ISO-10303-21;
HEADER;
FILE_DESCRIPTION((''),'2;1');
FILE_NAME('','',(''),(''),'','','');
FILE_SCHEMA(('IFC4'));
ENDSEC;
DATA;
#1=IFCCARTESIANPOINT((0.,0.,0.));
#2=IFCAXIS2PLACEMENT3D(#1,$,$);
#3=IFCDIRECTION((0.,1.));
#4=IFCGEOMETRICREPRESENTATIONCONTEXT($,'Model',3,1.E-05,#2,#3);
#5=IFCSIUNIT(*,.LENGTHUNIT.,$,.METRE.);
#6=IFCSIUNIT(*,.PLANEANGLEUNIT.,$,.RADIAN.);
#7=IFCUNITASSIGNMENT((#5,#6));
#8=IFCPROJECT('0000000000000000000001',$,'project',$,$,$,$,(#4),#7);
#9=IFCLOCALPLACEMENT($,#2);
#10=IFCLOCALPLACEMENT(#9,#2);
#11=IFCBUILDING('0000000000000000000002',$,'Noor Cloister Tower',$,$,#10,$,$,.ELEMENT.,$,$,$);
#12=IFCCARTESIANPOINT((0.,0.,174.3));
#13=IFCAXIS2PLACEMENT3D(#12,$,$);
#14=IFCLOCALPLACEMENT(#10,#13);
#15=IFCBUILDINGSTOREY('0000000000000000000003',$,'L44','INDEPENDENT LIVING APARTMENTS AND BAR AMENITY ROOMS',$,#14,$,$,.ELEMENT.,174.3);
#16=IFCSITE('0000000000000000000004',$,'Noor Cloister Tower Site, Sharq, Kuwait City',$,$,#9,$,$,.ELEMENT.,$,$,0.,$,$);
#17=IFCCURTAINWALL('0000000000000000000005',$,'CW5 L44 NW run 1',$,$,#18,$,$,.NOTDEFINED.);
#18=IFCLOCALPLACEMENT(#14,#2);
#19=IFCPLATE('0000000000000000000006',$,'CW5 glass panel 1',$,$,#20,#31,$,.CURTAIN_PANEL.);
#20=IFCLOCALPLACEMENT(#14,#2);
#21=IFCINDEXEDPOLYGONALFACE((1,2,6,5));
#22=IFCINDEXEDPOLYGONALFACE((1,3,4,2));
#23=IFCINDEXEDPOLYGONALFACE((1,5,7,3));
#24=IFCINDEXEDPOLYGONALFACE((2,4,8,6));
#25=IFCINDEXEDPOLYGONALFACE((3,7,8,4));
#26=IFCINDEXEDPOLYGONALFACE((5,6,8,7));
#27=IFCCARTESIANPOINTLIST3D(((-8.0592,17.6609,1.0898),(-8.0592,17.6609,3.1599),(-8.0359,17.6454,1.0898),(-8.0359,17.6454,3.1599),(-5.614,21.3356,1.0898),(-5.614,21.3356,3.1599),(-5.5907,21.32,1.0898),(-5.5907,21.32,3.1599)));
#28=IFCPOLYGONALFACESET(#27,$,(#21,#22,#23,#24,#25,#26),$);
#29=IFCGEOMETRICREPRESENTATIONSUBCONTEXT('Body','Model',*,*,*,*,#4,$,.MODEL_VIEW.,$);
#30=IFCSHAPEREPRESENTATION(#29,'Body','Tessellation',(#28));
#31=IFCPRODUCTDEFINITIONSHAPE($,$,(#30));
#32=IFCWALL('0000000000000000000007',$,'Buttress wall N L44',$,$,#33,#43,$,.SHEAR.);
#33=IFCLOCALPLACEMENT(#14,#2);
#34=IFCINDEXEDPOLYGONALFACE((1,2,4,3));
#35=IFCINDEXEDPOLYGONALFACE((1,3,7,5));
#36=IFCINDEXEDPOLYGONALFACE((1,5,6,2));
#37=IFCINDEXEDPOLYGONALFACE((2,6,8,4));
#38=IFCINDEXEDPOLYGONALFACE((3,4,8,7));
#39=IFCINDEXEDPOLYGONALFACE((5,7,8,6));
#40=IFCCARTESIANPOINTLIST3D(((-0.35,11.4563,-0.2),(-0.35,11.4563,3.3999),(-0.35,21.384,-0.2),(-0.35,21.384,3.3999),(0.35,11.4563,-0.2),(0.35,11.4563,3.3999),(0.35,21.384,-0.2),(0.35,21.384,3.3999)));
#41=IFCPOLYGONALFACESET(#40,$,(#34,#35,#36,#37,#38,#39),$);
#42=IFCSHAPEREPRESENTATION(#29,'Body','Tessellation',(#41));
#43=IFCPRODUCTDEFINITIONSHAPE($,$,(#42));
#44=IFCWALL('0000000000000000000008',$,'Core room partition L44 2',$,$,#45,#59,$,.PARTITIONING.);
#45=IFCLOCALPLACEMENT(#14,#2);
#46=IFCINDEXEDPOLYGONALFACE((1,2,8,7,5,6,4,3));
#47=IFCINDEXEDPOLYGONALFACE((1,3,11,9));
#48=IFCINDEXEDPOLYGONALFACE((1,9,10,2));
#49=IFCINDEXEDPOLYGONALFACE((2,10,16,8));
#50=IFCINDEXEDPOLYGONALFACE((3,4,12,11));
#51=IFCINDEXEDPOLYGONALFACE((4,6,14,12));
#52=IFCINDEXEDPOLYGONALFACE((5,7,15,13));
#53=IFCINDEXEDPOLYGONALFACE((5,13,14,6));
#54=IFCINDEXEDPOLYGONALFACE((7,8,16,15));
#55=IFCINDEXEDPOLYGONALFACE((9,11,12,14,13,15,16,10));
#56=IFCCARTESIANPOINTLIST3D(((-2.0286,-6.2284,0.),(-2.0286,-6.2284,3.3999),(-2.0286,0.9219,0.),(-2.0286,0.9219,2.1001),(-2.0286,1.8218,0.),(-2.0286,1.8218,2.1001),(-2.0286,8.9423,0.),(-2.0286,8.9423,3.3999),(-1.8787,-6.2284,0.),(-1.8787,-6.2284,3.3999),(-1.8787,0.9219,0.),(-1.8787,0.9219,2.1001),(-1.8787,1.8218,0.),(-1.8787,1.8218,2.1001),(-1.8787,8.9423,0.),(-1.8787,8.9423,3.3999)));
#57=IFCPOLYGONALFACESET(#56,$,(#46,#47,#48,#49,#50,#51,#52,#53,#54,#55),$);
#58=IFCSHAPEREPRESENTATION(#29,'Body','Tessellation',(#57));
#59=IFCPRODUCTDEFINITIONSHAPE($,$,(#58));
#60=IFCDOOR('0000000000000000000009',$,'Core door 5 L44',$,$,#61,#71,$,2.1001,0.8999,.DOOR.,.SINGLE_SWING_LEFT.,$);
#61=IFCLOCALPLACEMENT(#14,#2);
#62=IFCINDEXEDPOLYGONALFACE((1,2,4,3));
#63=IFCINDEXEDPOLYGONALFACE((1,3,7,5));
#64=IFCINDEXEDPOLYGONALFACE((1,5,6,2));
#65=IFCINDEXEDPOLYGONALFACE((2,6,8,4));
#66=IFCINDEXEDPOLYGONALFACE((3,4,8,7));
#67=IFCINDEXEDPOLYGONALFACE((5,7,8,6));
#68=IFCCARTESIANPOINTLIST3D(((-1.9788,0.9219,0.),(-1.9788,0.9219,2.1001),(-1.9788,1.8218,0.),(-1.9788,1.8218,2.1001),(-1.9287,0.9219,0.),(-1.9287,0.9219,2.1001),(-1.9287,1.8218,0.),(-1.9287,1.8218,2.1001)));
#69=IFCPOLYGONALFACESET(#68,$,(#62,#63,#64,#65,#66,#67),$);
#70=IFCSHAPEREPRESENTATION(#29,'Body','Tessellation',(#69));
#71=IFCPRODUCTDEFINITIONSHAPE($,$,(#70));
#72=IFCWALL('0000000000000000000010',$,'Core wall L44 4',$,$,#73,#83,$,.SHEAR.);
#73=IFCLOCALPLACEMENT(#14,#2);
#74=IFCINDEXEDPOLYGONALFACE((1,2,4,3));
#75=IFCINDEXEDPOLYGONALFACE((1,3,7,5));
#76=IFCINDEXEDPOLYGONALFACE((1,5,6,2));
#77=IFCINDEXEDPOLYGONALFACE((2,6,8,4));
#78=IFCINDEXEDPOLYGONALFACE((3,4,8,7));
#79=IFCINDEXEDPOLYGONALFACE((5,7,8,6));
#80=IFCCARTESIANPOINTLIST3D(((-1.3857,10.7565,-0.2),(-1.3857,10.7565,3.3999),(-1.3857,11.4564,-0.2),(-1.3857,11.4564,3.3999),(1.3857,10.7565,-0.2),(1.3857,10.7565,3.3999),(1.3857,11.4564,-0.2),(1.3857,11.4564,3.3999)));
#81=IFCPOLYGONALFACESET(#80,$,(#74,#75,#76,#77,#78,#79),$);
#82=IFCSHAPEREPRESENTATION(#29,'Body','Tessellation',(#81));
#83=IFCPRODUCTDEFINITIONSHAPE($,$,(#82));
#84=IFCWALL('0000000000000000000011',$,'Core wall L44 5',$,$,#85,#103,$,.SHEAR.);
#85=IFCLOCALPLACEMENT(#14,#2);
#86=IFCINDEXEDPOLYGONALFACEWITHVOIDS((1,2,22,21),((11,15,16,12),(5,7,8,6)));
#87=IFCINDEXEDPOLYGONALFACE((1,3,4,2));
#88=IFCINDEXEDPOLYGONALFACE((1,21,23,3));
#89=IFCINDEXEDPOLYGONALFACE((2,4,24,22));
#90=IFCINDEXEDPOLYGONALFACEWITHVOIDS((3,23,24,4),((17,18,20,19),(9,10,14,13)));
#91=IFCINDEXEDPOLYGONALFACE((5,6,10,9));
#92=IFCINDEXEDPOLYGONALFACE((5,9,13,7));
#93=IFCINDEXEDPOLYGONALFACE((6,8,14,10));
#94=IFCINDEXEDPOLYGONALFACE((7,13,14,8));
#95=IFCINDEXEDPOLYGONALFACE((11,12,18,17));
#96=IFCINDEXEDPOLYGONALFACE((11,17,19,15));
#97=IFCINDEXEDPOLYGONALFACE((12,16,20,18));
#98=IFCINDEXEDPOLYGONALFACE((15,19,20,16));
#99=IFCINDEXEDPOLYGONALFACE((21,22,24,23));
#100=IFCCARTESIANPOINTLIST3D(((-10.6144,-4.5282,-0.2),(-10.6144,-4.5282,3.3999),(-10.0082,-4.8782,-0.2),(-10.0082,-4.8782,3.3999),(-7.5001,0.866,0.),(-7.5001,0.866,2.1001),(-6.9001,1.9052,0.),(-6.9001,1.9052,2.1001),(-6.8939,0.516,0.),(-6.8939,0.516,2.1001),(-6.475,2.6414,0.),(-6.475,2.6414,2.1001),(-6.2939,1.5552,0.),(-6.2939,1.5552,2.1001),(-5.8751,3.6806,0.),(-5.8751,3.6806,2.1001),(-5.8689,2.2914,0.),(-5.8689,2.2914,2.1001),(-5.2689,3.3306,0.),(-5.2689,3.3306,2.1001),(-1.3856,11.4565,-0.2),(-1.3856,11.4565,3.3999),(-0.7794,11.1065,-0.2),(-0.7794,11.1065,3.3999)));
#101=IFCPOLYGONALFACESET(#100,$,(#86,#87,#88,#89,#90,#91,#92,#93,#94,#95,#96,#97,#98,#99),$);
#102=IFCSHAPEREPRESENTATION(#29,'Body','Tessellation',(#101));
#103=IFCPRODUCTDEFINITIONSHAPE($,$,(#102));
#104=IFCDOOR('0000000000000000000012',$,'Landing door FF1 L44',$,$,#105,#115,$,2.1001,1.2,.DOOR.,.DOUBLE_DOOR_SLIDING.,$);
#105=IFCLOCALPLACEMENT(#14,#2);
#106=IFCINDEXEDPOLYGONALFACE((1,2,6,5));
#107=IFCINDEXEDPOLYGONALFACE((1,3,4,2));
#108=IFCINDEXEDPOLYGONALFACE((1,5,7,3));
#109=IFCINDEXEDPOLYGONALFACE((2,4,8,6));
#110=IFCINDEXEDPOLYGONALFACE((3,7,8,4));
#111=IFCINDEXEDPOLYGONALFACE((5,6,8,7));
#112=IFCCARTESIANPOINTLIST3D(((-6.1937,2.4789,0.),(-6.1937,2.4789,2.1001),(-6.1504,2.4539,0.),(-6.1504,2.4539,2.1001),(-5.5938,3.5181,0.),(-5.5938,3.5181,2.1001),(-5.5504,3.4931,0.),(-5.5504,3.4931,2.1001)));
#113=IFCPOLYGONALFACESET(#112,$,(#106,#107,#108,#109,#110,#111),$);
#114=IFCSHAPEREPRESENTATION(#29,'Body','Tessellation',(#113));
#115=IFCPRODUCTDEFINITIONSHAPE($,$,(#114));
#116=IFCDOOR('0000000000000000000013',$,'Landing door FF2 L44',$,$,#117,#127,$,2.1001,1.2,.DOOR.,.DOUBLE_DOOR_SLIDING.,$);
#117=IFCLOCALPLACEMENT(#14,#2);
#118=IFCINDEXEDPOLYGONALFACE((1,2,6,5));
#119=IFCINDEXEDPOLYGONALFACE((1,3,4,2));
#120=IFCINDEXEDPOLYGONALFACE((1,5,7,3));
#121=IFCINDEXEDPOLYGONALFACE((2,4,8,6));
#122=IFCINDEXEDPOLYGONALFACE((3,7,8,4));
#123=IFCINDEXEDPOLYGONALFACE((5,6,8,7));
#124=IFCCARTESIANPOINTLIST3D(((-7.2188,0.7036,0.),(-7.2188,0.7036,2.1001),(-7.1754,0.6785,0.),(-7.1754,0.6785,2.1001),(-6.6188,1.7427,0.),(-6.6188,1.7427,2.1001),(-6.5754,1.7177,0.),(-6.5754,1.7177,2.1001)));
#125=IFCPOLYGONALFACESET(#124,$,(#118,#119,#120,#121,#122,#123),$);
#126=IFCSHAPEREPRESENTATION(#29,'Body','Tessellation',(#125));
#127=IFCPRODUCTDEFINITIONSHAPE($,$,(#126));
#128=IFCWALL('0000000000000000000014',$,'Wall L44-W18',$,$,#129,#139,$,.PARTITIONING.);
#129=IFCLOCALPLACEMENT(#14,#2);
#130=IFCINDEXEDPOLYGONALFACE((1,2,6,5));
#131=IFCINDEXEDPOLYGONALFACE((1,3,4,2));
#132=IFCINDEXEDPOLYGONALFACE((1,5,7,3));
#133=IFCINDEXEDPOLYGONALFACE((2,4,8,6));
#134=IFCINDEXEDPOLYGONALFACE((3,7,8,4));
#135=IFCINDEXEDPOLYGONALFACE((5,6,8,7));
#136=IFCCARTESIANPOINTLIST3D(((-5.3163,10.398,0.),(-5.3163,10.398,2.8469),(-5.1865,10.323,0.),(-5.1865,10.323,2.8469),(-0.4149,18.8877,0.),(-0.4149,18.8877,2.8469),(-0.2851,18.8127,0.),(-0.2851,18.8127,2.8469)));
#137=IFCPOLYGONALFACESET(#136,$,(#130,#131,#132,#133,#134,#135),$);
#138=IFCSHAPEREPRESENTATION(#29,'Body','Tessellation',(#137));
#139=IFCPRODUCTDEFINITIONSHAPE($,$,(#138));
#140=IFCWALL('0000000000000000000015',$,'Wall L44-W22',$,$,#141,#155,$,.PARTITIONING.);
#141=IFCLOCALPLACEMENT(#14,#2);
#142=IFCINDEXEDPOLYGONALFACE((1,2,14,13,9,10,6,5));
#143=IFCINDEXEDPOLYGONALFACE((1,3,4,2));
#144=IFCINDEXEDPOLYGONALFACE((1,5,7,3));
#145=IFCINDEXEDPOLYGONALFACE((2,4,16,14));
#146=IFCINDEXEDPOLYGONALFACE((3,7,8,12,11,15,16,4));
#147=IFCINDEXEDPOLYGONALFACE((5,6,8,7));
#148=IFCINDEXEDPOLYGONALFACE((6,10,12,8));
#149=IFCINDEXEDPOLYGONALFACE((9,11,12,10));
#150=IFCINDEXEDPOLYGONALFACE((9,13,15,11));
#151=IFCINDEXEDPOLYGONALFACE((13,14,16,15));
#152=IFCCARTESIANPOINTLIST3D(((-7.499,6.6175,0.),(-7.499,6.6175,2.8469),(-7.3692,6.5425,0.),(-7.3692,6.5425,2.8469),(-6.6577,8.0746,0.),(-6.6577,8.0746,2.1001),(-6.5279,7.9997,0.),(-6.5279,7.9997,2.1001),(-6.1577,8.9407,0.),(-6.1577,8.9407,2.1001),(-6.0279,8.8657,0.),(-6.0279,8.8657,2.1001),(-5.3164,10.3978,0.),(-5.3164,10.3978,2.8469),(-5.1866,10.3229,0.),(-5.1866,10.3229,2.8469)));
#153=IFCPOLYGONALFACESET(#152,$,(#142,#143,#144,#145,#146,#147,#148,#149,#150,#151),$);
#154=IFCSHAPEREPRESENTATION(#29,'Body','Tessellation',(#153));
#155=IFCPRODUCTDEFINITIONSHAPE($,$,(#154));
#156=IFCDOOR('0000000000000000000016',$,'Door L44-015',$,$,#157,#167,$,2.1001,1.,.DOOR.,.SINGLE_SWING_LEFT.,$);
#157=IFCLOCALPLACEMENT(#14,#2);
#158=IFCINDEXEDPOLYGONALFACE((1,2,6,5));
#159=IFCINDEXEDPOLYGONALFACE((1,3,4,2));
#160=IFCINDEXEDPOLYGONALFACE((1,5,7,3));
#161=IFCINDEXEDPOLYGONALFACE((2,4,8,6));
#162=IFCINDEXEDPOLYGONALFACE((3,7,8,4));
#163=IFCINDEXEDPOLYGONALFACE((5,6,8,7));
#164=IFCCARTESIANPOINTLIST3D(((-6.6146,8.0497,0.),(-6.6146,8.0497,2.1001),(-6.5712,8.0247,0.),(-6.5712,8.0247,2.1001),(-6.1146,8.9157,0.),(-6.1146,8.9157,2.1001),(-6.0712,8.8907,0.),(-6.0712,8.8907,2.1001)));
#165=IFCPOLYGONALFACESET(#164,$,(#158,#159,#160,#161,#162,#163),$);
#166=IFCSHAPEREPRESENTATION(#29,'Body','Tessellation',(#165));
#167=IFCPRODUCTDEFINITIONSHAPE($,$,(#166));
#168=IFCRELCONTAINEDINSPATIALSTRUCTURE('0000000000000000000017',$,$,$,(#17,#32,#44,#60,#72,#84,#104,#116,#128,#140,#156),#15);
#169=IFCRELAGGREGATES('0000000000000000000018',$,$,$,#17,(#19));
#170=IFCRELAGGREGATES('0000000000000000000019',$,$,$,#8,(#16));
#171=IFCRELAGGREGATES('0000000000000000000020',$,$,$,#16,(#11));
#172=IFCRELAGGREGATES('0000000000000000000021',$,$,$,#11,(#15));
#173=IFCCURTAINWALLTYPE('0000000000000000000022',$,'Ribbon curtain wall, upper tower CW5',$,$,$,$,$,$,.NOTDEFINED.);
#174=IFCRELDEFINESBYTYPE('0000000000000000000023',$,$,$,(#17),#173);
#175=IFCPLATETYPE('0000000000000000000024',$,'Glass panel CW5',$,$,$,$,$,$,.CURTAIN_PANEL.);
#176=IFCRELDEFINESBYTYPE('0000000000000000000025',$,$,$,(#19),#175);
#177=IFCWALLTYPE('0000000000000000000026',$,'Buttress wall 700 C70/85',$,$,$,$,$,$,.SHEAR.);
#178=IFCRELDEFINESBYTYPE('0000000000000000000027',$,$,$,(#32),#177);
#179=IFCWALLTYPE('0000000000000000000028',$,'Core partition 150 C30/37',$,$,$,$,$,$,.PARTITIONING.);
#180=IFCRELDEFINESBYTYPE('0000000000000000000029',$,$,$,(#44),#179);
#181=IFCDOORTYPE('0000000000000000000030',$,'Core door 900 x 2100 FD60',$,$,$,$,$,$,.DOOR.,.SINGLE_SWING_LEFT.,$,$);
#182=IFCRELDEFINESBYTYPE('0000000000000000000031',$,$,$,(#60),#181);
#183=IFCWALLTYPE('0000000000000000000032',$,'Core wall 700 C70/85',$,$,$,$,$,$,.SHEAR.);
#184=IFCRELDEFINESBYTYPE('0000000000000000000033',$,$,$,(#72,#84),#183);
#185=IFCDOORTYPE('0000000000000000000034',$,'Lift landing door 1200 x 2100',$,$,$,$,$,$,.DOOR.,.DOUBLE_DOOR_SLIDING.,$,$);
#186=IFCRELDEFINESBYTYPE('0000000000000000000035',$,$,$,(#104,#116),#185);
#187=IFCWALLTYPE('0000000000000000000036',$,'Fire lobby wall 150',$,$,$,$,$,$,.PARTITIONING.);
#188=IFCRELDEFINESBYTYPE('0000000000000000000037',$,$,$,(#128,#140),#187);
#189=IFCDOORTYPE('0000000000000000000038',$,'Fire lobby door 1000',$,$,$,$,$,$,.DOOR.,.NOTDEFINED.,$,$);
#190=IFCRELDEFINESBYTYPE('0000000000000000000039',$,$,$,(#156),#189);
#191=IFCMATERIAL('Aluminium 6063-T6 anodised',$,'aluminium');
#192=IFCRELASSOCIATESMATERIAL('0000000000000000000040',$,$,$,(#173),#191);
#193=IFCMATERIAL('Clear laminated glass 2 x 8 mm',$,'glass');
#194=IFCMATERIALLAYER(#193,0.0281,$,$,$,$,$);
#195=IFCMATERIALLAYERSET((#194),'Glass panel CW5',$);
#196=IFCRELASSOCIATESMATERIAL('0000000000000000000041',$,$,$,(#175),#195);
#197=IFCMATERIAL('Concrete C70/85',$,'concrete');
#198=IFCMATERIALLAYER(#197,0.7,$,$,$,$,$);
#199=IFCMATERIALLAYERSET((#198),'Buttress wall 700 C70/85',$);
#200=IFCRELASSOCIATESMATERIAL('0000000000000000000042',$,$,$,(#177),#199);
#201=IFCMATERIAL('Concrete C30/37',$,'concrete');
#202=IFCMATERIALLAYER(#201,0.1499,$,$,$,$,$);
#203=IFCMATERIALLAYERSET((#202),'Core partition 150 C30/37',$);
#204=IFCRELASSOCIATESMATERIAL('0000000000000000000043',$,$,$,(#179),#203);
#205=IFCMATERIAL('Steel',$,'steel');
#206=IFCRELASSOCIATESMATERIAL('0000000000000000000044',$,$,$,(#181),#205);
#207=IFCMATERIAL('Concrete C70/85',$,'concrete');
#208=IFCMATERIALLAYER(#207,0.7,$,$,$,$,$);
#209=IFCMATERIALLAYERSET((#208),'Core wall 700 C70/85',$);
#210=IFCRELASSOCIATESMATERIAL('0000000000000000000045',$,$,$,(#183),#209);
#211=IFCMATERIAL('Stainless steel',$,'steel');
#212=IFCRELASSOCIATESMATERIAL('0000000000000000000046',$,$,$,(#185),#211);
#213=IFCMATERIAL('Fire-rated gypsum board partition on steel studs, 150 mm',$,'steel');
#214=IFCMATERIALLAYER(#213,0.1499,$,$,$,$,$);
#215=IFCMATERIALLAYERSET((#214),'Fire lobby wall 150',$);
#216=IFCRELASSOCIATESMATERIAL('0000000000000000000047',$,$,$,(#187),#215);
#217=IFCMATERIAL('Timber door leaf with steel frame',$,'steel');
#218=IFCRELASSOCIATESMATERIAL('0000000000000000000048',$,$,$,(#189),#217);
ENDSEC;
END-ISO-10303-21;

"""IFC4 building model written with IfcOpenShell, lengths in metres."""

from ifc_helpers import new_model, si_unit, direction, frame, frame_2d, origin, origin_2d, place, context, subcontext, project, spatial, rectangle, extrude, material, layer, layer_set, type_object, element, fill, aggregate, save


model = new_model("IFC4")

# Units and contexts
model_context = context("Model", 3, precision=1e-05, world=origin(), true_north=direction((0.0, 1.0)))
body_context = subcontext(model_context, "Body", "Model", "MODEL_VIEW")
ifc_project = project(units=[si_unit("LENGTHUNIT", "METRE"), si_unit("PLANEANGLEUNIT", "RADIAN")], contexts=[model_context])

# Site, building, storey
site_placement = place(None, origin())
site = spatial("IfcSite", under=ifc_project, at=site_placement, Name="Noor Cloister Tower Site, Sharq, Kuwait City", CompositionType="ELEMENT", RefElevation=0.0)
building_placement = place(site_placement, origin())
building = spatial("IfcBuilding", under=site, at=building_placement, Name="Noor Cloister Tower", CompositionType="ELEMENT")
storey_placement = place(building_placement, frame((0.0, 0.0, 174.3)))
storey = spatial("IfcBuildingStorey", under=building, at=storey_placement, Name="L44", Description="INDEPENDENT LIVING APARTMENTS AND BAR AMENITY ROOMS", CompositionType="ELEMENT", Elevation=174.3)

# Curtain wall
ifc_material_1 = material(Name="Aluminium 6063-T6 anodised", Category="aluminium")
curtain_wall_type = type_object("IfcCurtainWallType", Name="Ribbon curtain wall, upper tower CW5", PredefinedType="NOTDEFINED", material=ifc_material_1)
curtain_wall_placement = place(storey_placement, origin())
curtain_wall = element("IfcCurtainWall", 1, at=curtain_wall_placement, inside=storey, type_object=curtain_wall_type, Name="CW5 L44 NW run 1", PredefinedType="NOTDEFINED")

# Plate
ifc_material_2 = material(Name="Clear laminated glass 2 x 8 mm", Category="glass")
ifc_layer_1 = layer(ifc_material_2, 0.0281)
ifc_layer_set_1 = layer_set([ifc_layer_1], Name="Glass panel CW5")
plate_type = type_object("IfcPlateType", Name="Glass panel CW5", PredefinedType="CURTAIN_PANEL", material=ifc_layer_set_1)
plate_placement = place(storey_placement, frame((-6.825, 19.4905, 1.0898), z_axis=(0.0, 0.0, 1.0), x_axis=(-0.553985, -0.832527, 0.0)))
plate = element("IfcPlate", 2, at=plate_placement, type_object=plate_type, Name="CW5 glass panel 1", PredefinedType="CURTAIN_PANEL", context=body_context, shape_type="SweptSolid", body=[
    extrude(rectangle(XDim=4.4138, YDim=0.0281, at=origin_2d()), origin(), (0.0, 0.0, 1.0), 2.0701),
])
aggregate(curtain_wall, [plate])

# Wall
ifc_material_3 = material(Name="Concrete C70/85", Category="concrete")
ifc_layer_2 = layer(ifc_material_3, 0.7)
ifc_layer_set_2 = layer_set([ifc_layer_2], Name="Buttress wall 700 C70/85")
wall_type_1 = type_object("IfcWallType", Name="Buttress wall 700 C70/85", PredefinedType="SHEAR", material=ifc_layer_set_2)
wall_1_placement = place(storey_placement, frame((0.0, 11.4563, -0.2), z_axis=(0.0, 0.0, 1.0), x_axis=(0.0, 1.0, 0.0)))
element("IfcWall", 3, at=wall_1_placement, inside=storey, type_object=wall_type_1, Name="Buttress wall N L44", PredefinedType="SHEAR", context=body_context, shape_type="SweptSolid", body=[
    extrude(rectangle(XDim=9.9277, YDim=0.7, at=frame_2d((4.9639, 0.0))), origin(), (0.0, 0.0, 1.0), 3.5999),
])

# Wall, opening, door
ifc_material_4 = material(Name="Concrete C30/37", Category="concrete")
ifc_layer_3 = layer(ifc_material_4, 0.1499)
ifc_layer_set_3 = layer_set([ifc_layer_3], Name="Core partition 150 C30/37")
wall_type_2 = type_object("IfcWallType", Name="Core partition 150 C30/37", PredefinedType="PARTITIONING", material=ifc_layer_set_3)
wall_2_placement = place(storey_placement, frame((-1.9536, 8.9424, 0.0), z_axis=(0.0, 0.0, 1.0), x_axis=(0.0, -1.0, 0.0)))
wall_2 = element("IfcWall", 4, at=wall_2_placement, inside=storey, type_object=wall_type_2, Name="Core room partition L44 2", PredefinedType="PARTITIONING", context=body_context, shape_type="SweptSolid", body=[
    extrude(rectangle(XDim=15.1707, YDim=0.1499, at=frame_2d((7.5854, 0.0))), origin(), (0.0, 0.0, 1.0), 3.3999),
])
opening_1_placement = place(wall_2_placement, frame((7.1206, 0.0, 0.0)))
opening_1 = element("IfcOpeningElement", 5, at=opening_1_placement, cuts=wall_2, PredefinedType="OPENING", context=body_context, shape_type="SweptSolid", body=[
    extrude(rectangle(XDim=0.8999, YDim=2.1001, at=frame_2d((0.45, 1.05))), frame((0.0, 0.085, 0.0), z_axis=(0.0, -1.0, 0.0), x_axis=(1.0, 0.0, 0.0)), (0.0, 0.0, 1.0), 0.1699),
])
ifc_material_5 = material(Name="Steel", Category="steel")
door_type_1 = type_object("IfcDoorType", Name="Core door 900 x 2100 FD60", OperationType="SINGLE_SWING_LEFT", PredefinedType="DOOR", material=ifc_material_5)
door_1_placement = place(opening_1_placement, origin())
door_1 = element("IfcDoor", 6, at=door_1_placement, inside=storey, type_object=door_type_1, Name="Core door 5 L44", OperationType="SINGLE_SWING_LEFT", OverallHeight=2.1001, OverallWidth=0.8999, PredefinedType="DOOR", context=body_context, shape_type="SweptSolid", body=[
    extrude(rectangle(XDim=0.8999, YDim=2.1001, at=frame_2d((0.45, 1.05))), frame((0.0, 0.0249, 0.0), z_axis=(0.0, -1.0, 0.0), x_axis=(1.0, 0.0, 0.0)), (0.0, 0.0, 1.0), 0.05),
])
fill(opening_1, door_1)

# Wall
ifc_material_6 = material(Name="Concrete C70/85", Category="concrete")
ifc_layer_4 = layer(ifc_material_6, 0.7)
ifc_layer_set_4 = layer_set([ifc_layer_4], Name="Core wall 700 C70/85")
wall_type_3 = type_object("IfcWallType", Name="Core wall 700 C70/85", PredefinedType="SHEAR", material=ifc_layer_set_4)
wall_3_placement = place(storey_placement, frame((1.3857, 11.1064, -0.2), z_axis=(0.0, 0.0, 1.0), x_axis=(-1.0, 0.0, 0.0)))
element("IfcWall", 7, at=wall_3_placement, inside=storey, type_object=wall_type_3, Name="Core wall L44 4", PredefinedType="SHEAR", context=body_context, shape_type="SweptSolid", body=[
    extrude(rectangle(XDim=2.7715, YDim=0.7, at=frame_2d((1.3857, 0.0))), origin(), (0.0, 0.0, 1.0), 3.5999),
])

# Wall, openings, doors
wall_4_placement = place(storey_placement, frame((-1.0825, 11.2815, -0.2), z_axis=(0.0, 0.0, 1.0), x_axis=(-0.500001, -0.866025, 0.0)))
wall_4 = element("IfcWall", 8, at=wall_4_placement, inside=storey, type_object=wall_type_3, Name="Core wall L44 5", PredefinedType="SHEAR", context=body_context, shape_type="SweptSolid", body=[
    extrude(rectangle(XDim=18.4575, YDim=0.7, at=frame_2d((9.2288, 0.0))), origin(), (0.0, 0.0, 1.0), 3.5999),
])
opening_2_placement = place(wall_4_placement, frame((8.9788, 0.0, 0.2)))
opening_2 = element("IfcOpeningElement", 9, at=opening_2_placement, cuts=wall_4, PredefinedType="OPENING", context=body_context, shape_type="SweptSolid", body=[
    extrude(rectangle(XDim=1.2, YDim=2.1001, at=frame_2d((0.6001, 1.05))), frame((0.0, 0.3599, 0.0), z_axis=(0.0, -1.0, 0.0), x_axis=(1.0, 0.0, 0.0)), (0.0, 0.0, 1.0), 0.72),
])
opening_3_placement = place(wall_4_placement, frame((11.0288, 0.0, 0.2)))
opening_3 = element("IfcOpeningElement", 10, at=opening_3_placement, cuts=wall_4, PredefinedType="OPENING", context=body_context, shape_type="SweptSolid", body=[
    extrude(rectangle(XDim=1.2, YDim=2.1001, at=frame_2d((0.6001, 1.05))), frame((0.0, 0.3599, 0.0), z_axis=(0.0, -1.0, 0.0), x_axis=(1.0, 0.0, 0.0)), (0.0, 0.0, 1.0), 0.72),
])
ifc_material_7 = material(Name="Stainless steel", Category="steel")
door_type_2 = type_object("IfcDoorType", Name="Lift landing door 1200 x 2100", OperationType="DOUBLE_DOOR_SLIDING", PredefinedType="DOOR", material=ifc_material_7)
door_2_placement = place(opening_2_placement, origin())
door_2 = element("IfcDoor", 11, at=door_2_placement, inside=storey, type_object=door_type_2, Name="Landing door FF1 L44", OperationType="DOUBLE_DOOR_SLIDING", OverallHeight=2.1001, OverallWidth=1.2, PredefinedType="DOOR", context=body_context, shape_type="SweptSolid", body=[
    extrude(rectangle(XDim=1.2, YDim=2.1001, at=frame_2d((0.6001, 1.05))), frame((0.0, 0.0249, 0.0), z_axis=(0.0, -1.0, 0.0), x_axis=(1.0, 0.0, 0.0)), (0.0, 0.0, 1.0), 0.05),
])
fill(opening_2, door_2)
door_3_placement = place(opening_3_placement, origin())
door_3 = element("IfcDoor", 12, at=door_3_placement, inside=storey, type_object=door_type_2, Name="Landing door FF2 L44", OperationType="DOUBLE_DOOR_SLIDING", OverallHeight=2.1001, OverallWidth=1.2, PredefinedType="DOOR", context=body_context, shape_type="SweptSolid", body=[
    extrude(rectangle(XDim=1.2, YDim=2.1001, at=frame_2d((0.6001, 1.05))), frame((0.0, 0.0249, 0.0), z_axis=(0.0, -1.0, 0.0), x_axis=(1.0, 0.0, 0.0)), (0.0, 0.0, 1.0), 0.05),
])
fill(opening_3, door_3)

# Wall
ifc_material_8 = material(Name="Fire-rated gypsum board partition on steel studs, 150 mm", Category="steel")
ifc_layer_5 = layer(ifc_material_8, 0.1499)
ifc_layer_set_5 = layer_set([ifc_layer_5], Name="Fire lobby wall 150")
wall_type_4 = type_object("IfcWallType", Name="Fire lobby wall 150", PredefinedType="PARTITIONING", material=ifc_layer_set_5)
wall_5_placement = place(storey_placement, frame((-0.3501, 18.8501, 0.0), z_axis=(0.0, 0.0, 1.0), x_axis=(-0.499985, -0.866034, 0.0)))
element("IfcWall", 13, at=wall_5_placement, inside=storey, type_object=wall_type_4, Name="Wall L44-W18", PredefinedType="PARTITIONING", context=body_context, shape_type="SweptSolid", body=[
    extrude(rectangle(XDim=9.803, YDim=0.1499, at=frame_2d((4.9014, 0.0))), origin(), (0.0, 0.0, 1.0), 2.8469),
])

# Wall, opening, door
wall_6_placement = place(storey_placement, frame((-5.2515, 10.3604, 0.0), z_axis=(0.0, 0.0, 1.0), x_axis=(-0.500013, -0.866018, 0.0)))
wall_6 = element("IfcWall", 14, at=wall_6_placement, inside=storey, type_object=wall_type_4, Name="Wall L44-W22", PredefinedType="PARTITIONING", context=body_context, shape_type="SweptSolid", body=[
    extrude(rectangle(XDim=4.3652, YDim=0.1499, at=frame_2d((2.1826, 0.0))), origin(), (0.0, 0.0, 1.0), 2.8469),
])
opening_4_placement = place(wall_6_placement, frame((1.6826, 0.0, 0.0)))
opening_4 = element("IfcOpeningElement", 15, at=opening_4_placement, cuts=wall_6, PredefinedType="OPENING", context=body_context, shape_type="SweptSolid", body=[
    extrude(rectangle(XDim=1.0, YDim=2.1001, at=frame_2d((0.5, 1.05))), frame((0.0, 0.085, 0.0), z_axis=(0.0, -1.0, 0.0), x_axis=(1.0, 0.0, 0.0)), (0.0, 0.0, 1.0), 0.1699),
])
ifc_material_9 = material(Name="Timber door leaf with steel frame", Category="steel")
door_type_3 = type_object("IfcDoorType", Name="Fire lobby door 1000", OperationType="NOTDEFINED", PredefinedType="DOOR", material=ifc_material_9)
door_4_placement = place(opening_4_placement, origin())
door_4 = element("IfcDoor", 16, at=door_4_placement, inside=storey, type_object=door_type_3, Name="Door L44-015", OperationType="SINGLE_SWING_LEFT", OverallHeight=2.1001, OverallWidth=1.0, PredefinedType="DOOR", context=body_context, shape_type="SweptSolid", body=[
    extrude(rectangle(XDim=1.0, YDim=2.1001, at=frame_2d((0.5, 1.05))), frame((0.0, 0.0249, 0.0), z_axis=(0.0, -1.0, 0.0), x_axis=(1.0, 0.0, 0.0)), (0.0, 0.0, 1.0), 0.05),
])
fill(opening_4, door_4)

save(model, "model.ifc")
